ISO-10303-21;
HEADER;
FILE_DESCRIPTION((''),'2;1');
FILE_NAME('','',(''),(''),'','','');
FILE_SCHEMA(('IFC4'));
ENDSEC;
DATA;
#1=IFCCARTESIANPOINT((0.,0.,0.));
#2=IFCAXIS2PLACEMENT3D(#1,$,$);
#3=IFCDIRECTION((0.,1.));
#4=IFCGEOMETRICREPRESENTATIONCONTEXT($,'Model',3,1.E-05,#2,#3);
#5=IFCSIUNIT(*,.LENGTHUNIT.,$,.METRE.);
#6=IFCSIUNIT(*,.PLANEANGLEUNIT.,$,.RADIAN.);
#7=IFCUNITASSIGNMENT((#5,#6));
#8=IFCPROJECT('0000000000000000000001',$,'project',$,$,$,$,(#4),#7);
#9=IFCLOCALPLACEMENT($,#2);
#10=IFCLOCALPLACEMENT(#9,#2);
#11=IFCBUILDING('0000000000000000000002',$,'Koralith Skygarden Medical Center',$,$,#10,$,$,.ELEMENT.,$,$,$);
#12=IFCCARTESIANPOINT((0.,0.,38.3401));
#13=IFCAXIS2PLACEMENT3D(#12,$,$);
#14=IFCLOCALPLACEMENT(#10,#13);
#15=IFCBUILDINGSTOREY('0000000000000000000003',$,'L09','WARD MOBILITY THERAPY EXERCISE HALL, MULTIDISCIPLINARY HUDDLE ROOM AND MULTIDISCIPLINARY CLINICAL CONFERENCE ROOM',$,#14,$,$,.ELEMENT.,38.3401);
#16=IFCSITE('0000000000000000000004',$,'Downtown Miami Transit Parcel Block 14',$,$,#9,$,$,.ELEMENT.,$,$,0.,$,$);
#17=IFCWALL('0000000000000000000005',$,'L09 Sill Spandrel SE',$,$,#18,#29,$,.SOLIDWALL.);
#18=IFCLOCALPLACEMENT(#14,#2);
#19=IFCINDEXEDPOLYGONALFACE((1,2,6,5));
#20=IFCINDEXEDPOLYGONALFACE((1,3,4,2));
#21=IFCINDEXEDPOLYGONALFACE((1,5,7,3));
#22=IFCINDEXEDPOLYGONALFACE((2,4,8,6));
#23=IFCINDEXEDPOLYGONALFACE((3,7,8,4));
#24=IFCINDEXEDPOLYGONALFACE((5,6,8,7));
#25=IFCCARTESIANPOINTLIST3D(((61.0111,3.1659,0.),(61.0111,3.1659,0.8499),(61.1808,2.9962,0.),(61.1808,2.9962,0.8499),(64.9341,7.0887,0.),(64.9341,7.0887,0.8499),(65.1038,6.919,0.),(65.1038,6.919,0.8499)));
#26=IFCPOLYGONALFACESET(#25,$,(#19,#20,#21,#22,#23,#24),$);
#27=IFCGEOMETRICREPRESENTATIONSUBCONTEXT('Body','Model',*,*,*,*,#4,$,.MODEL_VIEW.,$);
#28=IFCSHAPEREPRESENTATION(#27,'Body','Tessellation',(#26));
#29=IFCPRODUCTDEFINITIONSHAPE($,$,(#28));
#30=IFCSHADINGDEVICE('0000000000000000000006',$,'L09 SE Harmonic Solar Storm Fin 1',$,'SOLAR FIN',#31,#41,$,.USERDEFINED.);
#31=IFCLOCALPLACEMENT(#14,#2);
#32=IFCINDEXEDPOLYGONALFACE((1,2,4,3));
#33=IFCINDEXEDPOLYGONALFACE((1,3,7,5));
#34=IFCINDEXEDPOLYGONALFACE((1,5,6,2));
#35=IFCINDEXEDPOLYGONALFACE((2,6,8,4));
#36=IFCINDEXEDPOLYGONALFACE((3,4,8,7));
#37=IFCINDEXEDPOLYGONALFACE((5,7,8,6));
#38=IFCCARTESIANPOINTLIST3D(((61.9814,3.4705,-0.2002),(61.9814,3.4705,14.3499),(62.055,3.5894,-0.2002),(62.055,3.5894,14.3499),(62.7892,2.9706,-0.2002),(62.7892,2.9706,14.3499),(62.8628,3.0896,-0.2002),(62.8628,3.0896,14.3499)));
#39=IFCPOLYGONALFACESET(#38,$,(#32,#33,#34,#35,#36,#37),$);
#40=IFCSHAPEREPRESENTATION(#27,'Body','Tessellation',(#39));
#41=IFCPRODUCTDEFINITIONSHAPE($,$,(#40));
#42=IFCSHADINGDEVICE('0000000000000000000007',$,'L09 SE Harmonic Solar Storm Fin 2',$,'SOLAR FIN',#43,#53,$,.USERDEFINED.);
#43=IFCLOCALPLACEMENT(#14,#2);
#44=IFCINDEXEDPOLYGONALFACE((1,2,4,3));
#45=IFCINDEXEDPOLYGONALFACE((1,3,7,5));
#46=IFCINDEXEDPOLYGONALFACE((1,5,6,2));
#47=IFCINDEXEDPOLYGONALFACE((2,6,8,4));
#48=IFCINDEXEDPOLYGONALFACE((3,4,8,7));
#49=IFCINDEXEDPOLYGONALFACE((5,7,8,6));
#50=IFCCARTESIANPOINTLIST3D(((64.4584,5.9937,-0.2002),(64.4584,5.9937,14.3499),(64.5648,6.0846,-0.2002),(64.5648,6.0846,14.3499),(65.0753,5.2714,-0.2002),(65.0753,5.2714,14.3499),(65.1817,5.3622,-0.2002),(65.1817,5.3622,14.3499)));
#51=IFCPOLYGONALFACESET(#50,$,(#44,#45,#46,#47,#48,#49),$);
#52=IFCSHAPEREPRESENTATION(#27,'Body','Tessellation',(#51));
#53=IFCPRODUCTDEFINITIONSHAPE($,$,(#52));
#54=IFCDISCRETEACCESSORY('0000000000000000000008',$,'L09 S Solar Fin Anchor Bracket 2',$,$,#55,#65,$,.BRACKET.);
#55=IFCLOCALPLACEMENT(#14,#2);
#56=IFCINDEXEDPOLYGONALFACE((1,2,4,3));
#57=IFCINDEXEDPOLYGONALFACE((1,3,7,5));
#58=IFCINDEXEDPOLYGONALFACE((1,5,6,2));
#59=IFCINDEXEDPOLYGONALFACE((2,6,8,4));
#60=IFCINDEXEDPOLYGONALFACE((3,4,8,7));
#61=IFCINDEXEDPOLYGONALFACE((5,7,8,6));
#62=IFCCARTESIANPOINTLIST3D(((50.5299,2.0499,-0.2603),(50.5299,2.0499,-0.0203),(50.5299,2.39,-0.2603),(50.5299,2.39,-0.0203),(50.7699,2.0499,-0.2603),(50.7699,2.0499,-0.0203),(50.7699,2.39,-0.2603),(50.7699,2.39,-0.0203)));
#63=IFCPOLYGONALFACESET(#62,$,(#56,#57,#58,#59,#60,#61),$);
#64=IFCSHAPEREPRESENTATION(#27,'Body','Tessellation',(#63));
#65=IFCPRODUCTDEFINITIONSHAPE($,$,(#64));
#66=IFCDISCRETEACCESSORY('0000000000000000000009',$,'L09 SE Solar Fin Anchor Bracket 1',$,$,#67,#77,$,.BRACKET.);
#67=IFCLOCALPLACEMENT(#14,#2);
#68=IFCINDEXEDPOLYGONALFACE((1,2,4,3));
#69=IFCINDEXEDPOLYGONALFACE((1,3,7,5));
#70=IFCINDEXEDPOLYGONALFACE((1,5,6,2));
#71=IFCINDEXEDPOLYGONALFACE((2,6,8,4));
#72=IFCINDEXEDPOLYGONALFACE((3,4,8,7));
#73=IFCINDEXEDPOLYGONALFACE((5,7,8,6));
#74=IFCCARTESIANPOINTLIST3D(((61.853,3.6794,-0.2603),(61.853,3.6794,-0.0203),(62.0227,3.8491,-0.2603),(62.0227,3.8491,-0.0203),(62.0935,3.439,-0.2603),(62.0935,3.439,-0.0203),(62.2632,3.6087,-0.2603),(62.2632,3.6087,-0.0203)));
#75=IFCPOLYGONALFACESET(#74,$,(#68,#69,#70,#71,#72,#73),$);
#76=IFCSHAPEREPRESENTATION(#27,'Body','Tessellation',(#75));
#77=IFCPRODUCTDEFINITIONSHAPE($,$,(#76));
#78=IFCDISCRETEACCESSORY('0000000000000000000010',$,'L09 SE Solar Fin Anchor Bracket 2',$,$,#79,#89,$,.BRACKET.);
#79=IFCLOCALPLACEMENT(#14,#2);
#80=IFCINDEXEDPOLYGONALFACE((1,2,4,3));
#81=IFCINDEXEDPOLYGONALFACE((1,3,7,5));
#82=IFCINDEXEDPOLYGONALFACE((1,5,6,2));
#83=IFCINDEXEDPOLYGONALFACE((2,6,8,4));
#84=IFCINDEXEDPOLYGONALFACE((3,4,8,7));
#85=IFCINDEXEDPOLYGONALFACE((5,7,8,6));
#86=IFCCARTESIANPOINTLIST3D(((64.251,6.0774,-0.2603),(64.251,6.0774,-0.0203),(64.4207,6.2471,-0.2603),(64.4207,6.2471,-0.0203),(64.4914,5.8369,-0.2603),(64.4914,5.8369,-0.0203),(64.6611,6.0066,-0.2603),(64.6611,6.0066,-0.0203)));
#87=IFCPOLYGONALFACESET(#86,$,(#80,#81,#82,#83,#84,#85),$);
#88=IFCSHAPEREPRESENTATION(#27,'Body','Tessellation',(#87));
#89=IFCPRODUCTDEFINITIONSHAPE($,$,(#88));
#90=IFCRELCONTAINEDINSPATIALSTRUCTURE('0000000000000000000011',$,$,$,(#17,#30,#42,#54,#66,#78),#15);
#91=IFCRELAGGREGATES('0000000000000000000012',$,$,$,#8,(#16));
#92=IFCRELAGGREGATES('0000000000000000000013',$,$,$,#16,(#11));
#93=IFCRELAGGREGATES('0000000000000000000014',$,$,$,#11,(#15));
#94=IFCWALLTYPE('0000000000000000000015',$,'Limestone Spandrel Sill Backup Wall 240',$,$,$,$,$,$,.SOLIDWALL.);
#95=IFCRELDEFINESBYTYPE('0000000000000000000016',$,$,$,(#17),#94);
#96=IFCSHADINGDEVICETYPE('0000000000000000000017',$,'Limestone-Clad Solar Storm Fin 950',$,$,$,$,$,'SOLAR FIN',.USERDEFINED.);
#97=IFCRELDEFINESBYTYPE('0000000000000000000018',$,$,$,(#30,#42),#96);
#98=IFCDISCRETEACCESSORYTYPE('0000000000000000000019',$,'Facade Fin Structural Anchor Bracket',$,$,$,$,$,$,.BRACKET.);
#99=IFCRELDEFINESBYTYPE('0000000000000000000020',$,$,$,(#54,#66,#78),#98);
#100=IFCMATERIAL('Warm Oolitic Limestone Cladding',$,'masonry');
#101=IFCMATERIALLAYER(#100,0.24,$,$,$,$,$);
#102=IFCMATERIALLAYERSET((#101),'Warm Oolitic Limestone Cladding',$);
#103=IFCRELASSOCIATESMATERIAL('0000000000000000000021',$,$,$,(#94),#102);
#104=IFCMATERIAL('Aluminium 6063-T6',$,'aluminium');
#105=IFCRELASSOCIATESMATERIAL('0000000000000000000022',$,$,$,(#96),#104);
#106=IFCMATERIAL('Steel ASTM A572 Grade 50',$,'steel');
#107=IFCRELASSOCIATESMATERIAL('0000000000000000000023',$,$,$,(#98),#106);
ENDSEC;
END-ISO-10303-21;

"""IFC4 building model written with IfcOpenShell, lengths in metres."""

from ifc_helpers import new_model, si_unit, direction, frame, frame_2d, origin, origin_2d, place, context, subcontext, project, spatial, rectangle, extrude, material, layer, layer_set, type_object, element, save


model = new_model("IFC4")

# Units and contexts
model_context = context("Model", 3, precision=1e-05, world=origin(), true_north=direction((0.0, 1.0)))
body_context = subcontext(model_context, "Body", "Model", "MODEL_VIEW")
ifc_project = project(units=[si_unit("LENGTHUNIT", "METRE"), si_unit("PLANEANGLEUNIT", "RADIAN")], contexts=[model_context])

# Site, building, storey
site_placement = place(None, origin())
site = spatial("IfcSite", under=ifc_project, at=site_placement, Name="Downtown Miami Transit Parcel Block 14", CompositionType="ELEMENT", RefElevation=0.0)
building_placement = place(site_placement, origin())
building = spatial("IfcBuilding", under=site, at=building_placement, Name="Koralith Skygarden Medical Center", CompositionType="ELEMENT")
storey_placement = place(building_placement, frame((0.0, 0.0, 38.3401)))
storey = spatial("IfcBuildingStorey", under=building, at=storey_placement, Name="L09", Description="WARD MOBILITY THERAPY EXERCISE HALL, MULTIDISCIPLINARY HUDDLE ROOM AND MULTIDISCIPLINARY CLINICAL CONFERENCE ROOM", CompositionType="ELEMENT", Elevation=38.3401)

# Shared definitions
ifc_material_1 = material(Name="Aluminium 6063-T6", Category="aluminium")

# Shared definitions
ifc_material_2 = material(Name="Warm Oolitic Limestone Cladding", Category="masonry")

# Wall
ifc_layer_1 = layer(ifc_material_2, 0.24)
ifc_layer_set_1 = layer_set([ifc_layer_1], Name="Warm Oolitic Limestone Cladding")
wall_type = type_object("IfcWallType", Name="Limestone Spandrel Sill Backup Wall 240", PredefinedType="SOLIDWALL", material=ifc_layer_set_1)
wall_placement = place(storey_placement, frame((61.0959, 3.0811, 0.0), z_axis=(0.0, 0.0, 1.0), x_axis=(0.707129, 0.707085, 0.0)))
element("IfcWall", 1, at=wall_placement, inside=storey, type_object=wall_type, Name="L09 Sill Spandrel SE", PredefinedType="SOLIDWALL", context=body_context, shape_type="SweptSolid", body=[
    extrude(rectangle(XDim=5.5479, YDim=0.24, at=frame_2d((2.7739, 0.0))), origin(), (0.0, 0.0, 1.0), 0.8499),
])

# Shading devices
shading_device_type = type_object("IfcShadingDeviceType", Name="Limestone-Clad Solar Storm Fin 950", ElementType="SOLAR FIN", PredefinedType="USERDEFINED", material=ifc_material_1)
for number, where, z_axis, x_axis, name in (
    (2, (62.4221, 3.28, -0.2002), (0.0, 0.0, 1.0), (0.85038, -0.526169, 0.0), "L09 SE Harmonic Solar Storm Fin 1"),
    (3, (64.8201, 5.678, -0.2002), (0.0, 0.0, 1.0), (0.649422, -0.760429, 0.0), "L09 SE Harmonic Solar Storm Fin 2"),
):
    element("IfcShadingDevice", number, at=place(storey_placement, frame(where, z_axis=z_axis, x_axis=x_axis)), inside=storey, type_object=shading_device_type, Name=name, ObjectType="SOLAR FIN", PredefinedType="USERDEFINED", context=body_context, shape_type="SweptSolid", body=[
        extrude(rectangle(XDim=0.95, YDim=0.1399, at=origin_2d()), origin(), (0.0, 0.0, 1.0), 14.55),
    ])

# Discrete accessories
ifc_material_3 = material(Name="Steel ASTM A572 Grade 50", Category="steel")
discrete_accessory_type = type_object("IfcDiscreteAccessoryType", Name="Facade Fin Structural Anchor Bracket", PredefinedType="BRACKET", material=ifc_material_3)
for number, where, z_axis, x_axis, name in (
    (4, (50.6499, 2.22, -0.2603), (0.0, 0.0, 1.0), (0.0, -1.0, 0.0), "L09 S Solar Fin Anchor Bracket 2"),
    (5, (62.0581, 3.644, -0.2603), (0.0, 0.0, 1.0), (0.707107, -0.707107, 0.0), "L09 SE Solar Fin Anchor Bracket 1"),
    (6, (64.4561, 6.042, -0.2603), (0.0, 0.0, 1.0), (0.707107, -0.707107, 0.0), "L09 SE Solar Fin Anchor Bracket 2"),
):
    element("IfcDiscreteAccessory", number, at=place(storey_placement, frame(where, z_axis=z_axis, x_axis=x_axis)), inside=storey, type_object=discrete_accessory_type, Name=name, PredefinedType="BRACKET", context=body_context, shape_type="SweptSolid", body=[
        extrude(rectangle(XDim=0.3401, YDim=0.24, at=origin_2d()), origin(), (0.0, 0.0, 1.0), 0.24),
    ])

save(model, "model.ifc")
